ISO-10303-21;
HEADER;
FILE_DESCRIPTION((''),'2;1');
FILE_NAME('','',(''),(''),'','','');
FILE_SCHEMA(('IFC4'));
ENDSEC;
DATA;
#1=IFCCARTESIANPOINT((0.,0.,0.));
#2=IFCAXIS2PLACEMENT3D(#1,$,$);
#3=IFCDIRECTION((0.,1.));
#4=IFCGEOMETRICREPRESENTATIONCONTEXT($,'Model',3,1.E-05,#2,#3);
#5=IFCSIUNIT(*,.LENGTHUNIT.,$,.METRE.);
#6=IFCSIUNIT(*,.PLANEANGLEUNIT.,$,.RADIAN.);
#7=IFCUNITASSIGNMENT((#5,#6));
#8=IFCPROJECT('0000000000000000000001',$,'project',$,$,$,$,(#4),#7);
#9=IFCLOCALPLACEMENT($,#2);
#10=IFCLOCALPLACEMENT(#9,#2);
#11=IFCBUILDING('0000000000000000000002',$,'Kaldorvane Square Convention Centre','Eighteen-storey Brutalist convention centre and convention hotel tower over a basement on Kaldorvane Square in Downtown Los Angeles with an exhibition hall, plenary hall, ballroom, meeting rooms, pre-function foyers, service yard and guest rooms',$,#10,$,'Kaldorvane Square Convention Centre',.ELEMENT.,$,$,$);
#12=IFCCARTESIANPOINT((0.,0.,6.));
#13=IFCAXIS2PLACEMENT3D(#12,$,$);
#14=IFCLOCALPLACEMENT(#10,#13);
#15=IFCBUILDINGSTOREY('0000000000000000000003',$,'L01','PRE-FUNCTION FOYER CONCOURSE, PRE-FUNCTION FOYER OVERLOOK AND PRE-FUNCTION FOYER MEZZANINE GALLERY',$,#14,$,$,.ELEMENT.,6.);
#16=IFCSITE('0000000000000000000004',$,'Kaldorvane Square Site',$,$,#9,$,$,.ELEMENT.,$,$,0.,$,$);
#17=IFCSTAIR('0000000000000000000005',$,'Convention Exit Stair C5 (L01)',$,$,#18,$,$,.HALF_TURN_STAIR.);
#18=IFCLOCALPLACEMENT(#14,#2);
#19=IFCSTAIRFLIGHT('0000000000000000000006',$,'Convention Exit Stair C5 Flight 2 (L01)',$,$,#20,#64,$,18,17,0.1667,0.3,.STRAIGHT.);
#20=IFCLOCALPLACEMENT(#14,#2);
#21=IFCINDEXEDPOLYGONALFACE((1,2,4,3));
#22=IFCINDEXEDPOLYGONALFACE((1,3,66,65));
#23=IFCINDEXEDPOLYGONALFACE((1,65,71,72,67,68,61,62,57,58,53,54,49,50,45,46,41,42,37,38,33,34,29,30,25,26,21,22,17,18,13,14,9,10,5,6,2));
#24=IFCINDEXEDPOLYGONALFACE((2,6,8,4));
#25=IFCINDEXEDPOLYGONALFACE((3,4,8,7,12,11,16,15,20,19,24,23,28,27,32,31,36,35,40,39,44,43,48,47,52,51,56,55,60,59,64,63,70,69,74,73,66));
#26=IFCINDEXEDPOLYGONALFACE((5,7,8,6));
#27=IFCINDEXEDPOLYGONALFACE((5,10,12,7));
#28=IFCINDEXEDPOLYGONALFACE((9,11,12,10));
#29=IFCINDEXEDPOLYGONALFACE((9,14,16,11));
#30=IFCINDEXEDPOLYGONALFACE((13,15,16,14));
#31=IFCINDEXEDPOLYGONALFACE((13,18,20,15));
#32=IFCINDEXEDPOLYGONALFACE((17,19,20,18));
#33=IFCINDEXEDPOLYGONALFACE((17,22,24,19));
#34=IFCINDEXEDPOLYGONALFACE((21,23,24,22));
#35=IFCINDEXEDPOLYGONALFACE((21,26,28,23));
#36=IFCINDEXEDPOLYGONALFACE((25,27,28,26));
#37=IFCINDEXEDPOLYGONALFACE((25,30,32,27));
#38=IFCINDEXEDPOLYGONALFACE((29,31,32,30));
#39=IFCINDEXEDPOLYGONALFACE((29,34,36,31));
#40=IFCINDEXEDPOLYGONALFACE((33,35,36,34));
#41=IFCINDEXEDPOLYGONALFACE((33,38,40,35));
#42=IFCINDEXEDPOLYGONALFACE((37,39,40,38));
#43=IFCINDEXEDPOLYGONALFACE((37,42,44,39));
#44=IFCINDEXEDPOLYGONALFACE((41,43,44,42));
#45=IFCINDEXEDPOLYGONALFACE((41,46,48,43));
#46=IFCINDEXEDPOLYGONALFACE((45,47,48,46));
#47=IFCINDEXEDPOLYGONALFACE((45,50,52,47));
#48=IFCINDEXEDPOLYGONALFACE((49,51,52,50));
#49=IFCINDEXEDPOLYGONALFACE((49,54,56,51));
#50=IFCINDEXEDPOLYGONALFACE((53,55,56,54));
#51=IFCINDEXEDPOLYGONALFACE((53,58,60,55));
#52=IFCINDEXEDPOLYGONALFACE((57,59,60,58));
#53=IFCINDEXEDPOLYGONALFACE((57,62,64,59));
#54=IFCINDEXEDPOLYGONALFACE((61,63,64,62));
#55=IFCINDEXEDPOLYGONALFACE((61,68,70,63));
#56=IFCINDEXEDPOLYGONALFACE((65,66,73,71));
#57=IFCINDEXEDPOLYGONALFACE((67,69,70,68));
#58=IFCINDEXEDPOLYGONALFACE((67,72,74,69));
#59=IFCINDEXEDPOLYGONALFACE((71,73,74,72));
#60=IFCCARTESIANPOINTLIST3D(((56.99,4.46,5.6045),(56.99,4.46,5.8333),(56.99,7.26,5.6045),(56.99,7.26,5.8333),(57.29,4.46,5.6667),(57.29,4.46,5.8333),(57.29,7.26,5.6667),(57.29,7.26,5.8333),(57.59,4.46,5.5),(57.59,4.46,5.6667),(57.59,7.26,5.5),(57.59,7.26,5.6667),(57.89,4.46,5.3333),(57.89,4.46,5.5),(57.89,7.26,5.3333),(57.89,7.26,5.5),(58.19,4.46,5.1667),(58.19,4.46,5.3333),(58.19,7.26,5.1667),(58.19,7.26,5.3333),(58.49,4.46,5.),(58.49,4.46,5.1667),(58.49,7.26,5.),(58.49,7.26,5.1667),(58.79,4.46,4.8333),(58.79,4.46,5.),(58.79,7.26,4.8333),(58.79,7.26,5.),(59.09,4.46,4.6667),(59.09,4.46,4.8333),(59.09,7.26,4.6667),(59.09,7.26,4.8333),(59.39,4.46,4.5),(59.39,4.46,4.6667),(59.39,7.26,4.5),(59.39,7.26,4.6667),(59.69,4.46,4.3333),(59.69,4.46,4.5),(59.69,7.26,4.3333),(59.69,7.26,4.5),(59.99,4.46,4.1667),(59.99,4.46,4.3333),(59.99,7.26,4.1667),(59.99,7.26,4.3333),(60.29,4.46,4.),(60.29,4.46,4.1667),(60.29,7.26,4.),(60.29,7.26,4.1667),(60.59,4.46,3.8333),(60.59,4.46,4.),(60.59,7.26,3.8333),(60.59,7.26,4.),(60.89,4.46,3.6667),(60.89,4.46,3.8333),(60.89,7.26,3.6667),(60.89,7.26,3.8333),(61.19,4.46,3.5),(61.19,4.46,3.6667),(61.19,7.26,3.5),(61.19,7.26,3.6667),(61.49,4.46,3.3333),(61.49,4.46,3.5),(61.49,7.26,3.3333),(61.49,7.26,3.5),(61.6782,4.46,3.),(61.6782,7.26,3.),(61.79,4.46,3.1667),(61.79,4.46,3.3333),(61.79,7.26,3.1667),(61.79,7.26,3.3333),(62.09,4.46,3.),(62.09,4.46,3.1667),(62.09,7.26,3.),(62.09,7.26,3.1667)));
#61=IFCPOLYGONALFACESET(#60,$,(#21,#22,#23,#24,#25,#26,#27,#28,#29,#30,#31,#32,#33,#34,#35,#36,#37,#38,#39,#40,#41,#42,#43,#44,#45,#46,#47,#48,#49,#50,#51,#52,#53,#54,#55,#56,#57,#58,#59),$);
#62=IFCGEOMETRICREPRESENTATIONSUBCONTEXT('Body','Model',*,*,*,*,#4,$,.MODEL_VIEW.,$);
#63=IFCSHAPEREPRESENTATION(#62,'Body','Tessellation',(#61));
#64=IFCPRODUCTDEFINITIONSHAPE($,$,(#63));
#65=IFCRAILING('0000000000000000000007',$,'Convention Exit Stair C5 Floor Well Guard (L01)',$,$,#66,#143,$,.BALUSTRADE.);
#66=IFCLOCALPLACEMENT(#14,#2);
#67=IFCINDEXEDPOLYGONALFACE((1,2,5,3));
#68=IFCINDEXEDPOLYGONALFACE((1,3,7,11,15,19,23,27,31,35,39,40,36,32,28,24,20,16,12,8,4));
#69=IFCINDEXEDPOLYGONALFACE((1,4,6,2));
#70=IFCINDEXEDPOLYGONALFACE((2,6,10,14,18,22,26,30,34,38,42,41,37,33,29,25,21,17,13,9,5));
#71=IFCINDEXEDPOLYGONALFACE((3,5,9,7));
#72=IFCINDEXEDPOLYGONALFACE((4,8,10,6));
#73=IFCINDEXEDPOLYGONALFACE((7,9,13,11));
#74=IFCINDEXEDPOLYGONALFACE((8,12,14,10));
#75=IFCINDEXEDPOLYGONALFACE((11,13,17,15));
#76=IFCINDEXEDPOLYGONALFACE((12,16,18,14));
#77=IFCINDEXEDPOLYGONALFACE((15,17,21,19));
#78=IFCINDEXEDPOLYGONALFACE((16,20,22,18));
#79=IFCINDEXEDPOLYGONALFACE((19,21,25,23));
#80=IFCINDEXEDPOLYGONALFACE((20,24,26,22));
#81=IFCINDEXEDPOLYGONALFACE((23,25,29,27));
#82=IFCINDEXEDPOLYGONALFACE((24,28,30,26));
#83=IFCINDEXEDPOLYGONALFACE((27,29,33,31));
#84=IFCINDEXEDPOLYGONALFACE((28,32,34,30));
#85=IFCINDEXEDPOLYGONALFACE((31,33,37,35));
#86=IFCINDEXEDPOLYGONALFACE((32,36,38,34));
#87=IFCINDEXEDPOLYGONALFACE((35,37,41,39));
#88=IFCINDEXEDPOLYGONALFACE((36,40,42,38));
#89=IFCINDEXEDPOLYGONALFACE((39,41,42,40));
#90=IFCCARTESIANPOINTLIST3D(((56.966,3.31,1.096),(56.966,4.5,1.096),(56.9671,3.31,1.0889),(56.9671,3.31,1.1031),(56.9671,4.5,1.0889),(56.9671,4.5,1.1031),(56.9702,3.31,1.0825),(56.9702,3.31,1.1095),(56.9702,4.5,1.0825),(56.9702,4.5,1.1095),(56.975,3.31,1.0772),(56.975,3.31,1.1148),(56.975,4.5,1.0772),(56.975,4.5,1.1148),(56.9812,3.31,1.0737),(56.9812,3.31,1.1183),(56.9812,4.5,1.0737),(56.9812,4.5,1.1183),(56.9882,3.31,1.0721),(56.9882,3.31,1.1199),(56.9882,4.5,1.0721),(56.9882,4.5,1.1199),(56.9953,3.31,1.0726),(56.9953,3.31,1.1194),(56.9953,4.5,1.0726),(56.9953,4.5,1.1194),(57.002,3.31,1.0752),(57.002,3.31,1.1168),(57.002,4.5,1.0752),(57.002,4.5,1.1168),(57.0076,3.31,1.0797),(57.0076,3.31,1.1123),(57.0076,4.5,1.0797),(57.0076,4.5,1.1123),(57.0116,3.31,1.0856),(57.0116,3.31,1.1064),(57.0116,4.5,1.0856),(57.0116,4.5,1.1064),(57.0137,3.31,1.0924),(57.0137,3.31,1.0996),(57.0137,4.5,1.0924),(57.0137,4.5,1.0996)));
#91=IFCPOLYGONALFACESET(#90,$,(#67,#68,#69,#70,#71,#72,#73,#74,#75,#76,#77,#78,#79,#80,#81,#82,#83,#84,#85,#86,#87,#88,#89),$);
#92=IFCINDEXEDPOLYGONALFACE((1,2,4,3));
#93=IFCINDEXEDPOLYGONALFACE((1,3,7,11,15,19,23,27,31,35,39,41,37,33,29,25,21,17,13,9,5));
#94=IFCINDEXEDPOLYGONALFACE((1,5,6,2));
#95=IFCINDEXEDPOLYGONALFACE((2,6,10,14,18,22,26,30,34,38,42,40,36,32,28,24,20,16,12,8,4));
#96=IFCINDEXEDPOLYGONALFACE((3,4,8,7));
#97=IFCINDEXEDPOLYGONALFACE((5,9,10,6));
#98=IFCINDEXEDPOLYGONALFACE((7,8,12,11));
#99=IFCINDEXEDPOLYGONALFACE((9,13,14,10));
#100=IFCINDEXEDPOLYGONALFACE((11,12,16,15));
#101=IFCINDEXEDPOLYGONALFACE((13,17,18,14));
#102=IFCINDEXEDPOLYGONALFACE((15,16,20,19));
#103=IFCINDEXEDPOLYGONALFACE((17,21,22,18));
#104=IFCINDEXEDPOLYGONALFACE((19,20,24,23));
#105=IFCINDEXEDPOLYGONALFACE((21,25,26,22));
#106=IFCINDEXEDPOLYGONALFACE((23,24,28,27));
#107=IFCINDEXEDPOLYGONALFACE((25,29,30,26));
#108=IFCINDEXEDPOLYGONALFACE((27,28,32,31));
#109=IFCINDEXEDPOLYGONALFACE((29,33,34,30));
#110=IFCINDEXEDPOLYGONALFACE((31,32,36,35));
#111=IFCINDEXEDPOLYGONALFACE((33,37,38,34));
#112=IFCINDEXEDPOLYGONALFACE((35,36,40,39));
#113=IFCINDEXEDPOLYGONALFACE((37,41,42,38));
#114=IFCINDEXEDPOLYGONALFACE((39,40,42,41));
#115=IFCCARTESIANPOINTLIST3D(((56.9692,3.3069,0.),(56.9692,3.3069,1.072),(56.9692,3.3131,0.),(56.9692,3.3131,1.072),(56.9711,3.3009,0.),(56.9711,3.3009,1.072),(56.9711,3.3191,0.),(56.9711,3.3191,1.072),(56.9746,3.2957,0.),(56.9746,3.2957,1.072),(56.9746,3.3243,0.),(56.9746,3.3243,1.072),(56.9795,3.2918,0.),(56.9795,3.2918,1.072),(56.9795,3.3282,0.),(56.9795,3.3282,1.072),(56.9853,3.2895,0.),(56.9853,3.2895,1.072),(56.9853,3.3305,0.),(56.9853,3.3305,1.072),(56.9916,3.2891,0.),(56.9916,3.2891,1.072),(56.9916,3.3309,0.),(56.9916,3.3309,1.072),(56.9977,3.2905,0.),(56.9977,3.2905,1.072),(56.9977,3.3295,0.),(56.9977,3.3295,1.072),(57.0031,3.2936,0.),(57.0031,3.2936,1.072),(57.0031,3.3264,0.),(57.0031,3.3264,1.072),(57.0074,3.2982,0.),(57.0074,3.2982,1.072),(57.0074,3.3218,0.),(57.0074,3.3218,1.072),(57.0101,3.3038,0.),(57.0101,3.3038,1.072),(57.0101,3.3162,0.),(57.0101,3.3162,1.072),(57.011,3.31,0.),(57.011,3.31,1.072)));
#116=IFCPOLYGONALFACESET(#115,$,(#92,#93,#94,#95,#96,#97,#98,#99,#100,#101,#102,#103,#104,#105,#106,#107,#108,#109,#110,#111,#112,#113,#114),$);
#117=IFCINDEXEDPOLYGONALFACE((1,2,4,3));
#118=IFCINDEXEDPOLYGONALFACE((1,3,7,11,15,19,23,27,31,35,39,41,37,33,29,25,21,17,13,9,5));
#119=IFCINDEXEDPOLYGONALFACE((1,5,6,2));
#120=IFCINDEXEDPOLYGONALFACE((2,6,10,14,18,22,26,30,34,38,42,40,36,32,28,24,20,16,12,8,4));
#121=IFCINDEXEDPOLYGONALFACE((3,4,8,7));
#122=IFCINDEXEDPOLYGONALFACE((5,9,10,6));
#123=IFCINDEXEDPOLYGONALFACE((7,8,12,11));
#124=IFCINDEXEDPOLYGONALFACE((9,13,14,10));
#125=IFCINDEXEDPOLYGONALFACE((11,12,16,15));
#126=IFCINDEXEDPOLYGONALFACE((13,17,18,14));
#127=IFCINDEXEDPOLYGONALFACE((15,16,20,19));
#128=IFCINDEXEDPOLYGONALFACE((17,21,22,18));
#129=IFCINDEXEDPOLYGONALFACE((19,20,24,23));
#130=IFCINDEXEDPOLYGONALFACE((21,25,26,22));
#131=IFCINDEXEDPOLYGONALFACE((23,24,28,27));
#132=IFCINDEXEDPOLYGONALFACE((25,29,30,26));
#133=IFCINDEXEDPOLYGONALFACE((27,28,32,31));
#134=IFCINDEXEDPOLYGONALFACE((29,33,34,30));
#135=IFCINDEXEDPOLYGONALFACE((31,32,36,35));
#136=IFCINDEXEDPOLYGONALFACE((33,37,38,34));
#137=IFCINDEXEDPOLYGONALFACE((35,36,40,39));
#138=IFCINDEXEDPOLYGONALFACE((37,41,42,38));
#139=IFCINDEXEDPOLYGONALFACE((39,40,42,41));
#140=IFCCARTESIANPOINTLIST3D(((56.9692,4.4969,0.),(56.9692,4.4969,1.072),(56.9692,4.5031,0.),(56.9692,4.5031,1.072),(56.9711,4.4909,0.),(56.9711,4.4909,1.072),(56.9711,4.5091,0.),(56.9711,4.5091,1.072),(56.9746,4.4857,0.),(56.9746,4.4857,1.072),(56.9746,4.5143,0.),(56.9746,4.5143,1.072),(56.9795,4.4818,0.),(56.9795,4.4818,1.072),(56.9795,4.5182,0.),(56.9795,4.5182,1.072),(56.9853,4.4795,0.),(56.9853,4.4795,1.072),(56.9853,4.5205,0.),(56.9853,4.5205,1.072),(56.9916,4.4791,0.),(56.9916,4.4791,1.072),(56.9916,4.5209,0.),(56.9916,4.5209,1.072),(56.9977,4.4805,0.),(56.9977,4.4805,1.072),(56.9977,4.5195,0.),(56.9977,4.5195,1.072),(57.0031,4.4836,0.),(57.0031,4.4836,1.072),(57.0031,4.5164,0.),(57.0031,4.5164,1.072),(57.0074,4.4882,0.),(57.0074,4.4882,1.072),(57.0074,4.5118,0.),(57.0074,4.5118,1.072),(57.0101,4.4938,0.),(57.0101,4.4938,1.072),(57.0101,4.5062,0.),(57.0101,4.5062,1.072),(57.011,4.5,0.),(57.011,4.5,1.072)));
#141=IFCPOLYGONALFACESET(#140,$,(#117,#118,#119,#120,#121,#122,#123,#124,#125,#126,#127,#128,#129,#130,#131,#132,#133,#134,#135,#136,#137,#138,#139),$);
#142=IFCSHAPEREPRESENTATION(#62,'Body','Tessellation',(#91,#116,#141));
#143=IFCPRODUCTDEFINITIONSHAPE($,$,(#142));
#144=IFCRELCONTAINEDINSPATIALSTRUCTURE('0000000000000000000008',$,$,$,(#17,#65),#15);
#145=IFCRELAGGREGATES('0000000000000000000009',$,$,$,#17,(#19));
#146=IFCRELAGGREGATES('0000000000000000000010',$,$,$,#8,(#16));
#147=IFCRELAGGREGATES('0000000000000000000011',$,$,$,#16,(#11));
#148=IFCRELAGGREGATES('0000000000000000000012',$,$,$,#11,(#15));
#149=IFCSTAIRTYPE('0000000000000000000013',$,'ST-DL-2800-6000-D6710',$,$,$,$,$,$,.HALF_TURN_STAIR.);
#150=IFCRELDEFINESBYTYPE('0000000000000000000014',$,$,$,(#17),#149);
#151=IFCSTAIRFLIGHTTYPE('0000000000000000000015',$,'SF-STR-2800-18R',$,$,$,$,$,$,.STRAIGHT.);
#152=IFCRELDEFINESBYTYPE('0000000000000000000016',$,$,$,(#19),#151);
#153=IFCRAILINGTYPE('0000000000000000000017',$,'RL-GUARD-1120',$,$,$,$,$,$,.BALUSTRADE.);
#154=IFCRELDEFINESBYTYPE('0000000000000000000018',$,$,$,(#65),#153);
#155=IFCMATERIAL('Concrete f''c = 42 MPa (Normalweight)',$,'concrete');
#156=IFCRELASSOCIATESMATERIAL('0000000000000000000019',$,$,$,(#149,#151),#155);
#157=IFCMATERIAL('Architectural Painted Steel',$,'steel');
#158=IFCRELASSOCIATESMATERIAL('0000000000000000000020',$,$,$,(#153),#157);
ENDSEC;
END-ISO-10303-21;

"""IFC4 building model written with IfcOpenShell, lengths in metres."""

from ifc_helpers import new_model, si_unit, direction, frame, origin, origin_2d, place, context, subcontext, project, spatial, polyline, circle, outline, extrude, material, type_object, element, aggregate, save


model = new_model("IFC4")

# Units and contexts
model_context = context("Model", 3, precision=1e-05, world=origin(), true_north=direction((0.0, 1.0)))
body_context = subcontext(model_context, "Body", "Model", "MODEL_VIEW")
ifc_project = project(units=[si_unit("LENGTHUNIT", "METRE"), si_unit("PLANEANGLEUNIT", "RADIAN")], contexts=[model_context])

# Site, building, storey
site_placement = place(None, origin())
site = spatial("IfcSite", under=ifc_project, at=site_placement, Name="Kaldorvane Square Site", CompositionType="ELEMENT", RefElevation=0.0)
building_placement = place(site_placement, origin())
building = spatial("IfcBuilding", under=site, at=building_placement, Name="Kaldorvane Square Convention Centre", Description="Eighteen-storey Brutalist convention centre and convention hotel tower over a basement on Kaldorvane Square in Downtown Los Angeles with an exhibition hall, plenary hall, ballroom, meeting rooms, pre-function foyers, service yard and guest rooms", LongName="Kaldorvane Square Convention Centre", CompositionType="ELEMENT")
storey_placement = place(building_placement, frame((0.0, 0.0, 6.0)))
storey = spatial("IfcBuildingStorey", under=building, at=storey_placement, Name="L01", Description="PRE-FUNCTION FOYER CONCOURSE, PRE-FUNCTION FOYER OVERLOOK AND PRE-FUNCTION FOYER MEZZANINE GALLERY", CompositionType="ELEMENT", Elevation=6.0)

# Shared definitions
ifc_material_1 = material(Name="Concrete f'c = 42 MPa (Normalweight)", Category="concrete")

# Shared definitions
stair_type = type_object("IfcStairType", Name="ST-DL-2800-6000-D6710", PredefinedType="HALF_TURN_STAIR", material=ifc_material_1)
stair_flight_type = type_object("IfcStairFlightType", Name="SF-STR-2800-18R", PredefinedType="STRAIGHT", material=ifc_material_1)

# Stair, stair flight
stair_1_placement = place(storey_placement, origin())
stair_1 = element("IfcStair", 1, at=stair_1_placement, inside=storey, type_object=stair_type, Name="Convention Exit Stair C5 (L01)", PredefinedType="HALF_TURN_STAIR")
stair_flight_1_placement = place(storey_placement, frame((62.09, 5.86, 3.0), z_axis=(0.0, 0.0, 1.0), x_axis=(-1.0, 0.0, 0.0)))
stair_flight_1 = element("IfcStairFlight", 2, at=stair_flight_1_placement, type_object=stair_flight_type, Name="Convention Exit Stair C5 Flight 2 (L01)", NumberOfRisers=18, NumberOfTreads=17, PredefinedType="STRAIGHT", RiserHeight=0.1667, TreadLength=0.3, context=body_context, shape_type="SweptSolid", body=[
    extrude(outline(polyline([(0.0, 0.0), (0.0, 0.1667), (0.3, 0.1667), (0.3, 0.3333), (0.6, 0.3333), (0.6, 0.5), (0.9, 0.5), (0.9, 0.6667), (1.2, 0.6667), (1.2, 0.8333), (1.5, 0.8333), (1.5, 1.0), (1.8, 1.0), (1.8, 1.1667), (2.1, 1.1667), (2.1, 1.3333), (2.4, 1.3333), (2.4, 1.5), (2.7, 1.5), (2.7, 1.6667), (3.0, 1.6667), (3.0, 1.8333), (3.3, 1.8333), (3.3, 2.0), (3.6, 2.0), (3.6, 2.1667), (3.9, 2.1667), (3.9, 2.3333), (4.2, 2.3333), (4.2, 2.5), (4.5, 2.5), (4.5, 2.6667), (4.8, 2.6667), (4.8, 2.8333), (5.1, 2.8333), (5.1, 3.0), (5.1, 2.6045), (0.4118, 0.0), (0.0, 0.0)])), frame((0.0, 1.4, 0.0), z_axis=(0.0, -1.0, 0.0), x_axis=(1.0, 0.0, 0.0)), (0.0, 0.0, 1.0), 2.8),
])
aggregate(stair_1, [stair_flight_1])

# Railing
ifc_material_2 = material(Name="Architectural Painted Steel", Category="steel")
railing_type_1 = type_object("IfcRailingType", Name="RL-GUARD-1120", PredefinedType="BALUSTRADE", material=ifc_material_2)
for number, where, name in (
    (3, (56.99, 3.31, 0.0), "Convention Exit Stair C5 Floor Well Guard (L01)"),
):
    element("IfcRailing", number, at=place(storey_placement, frame(where)), inside=storey, type_object=railing_type_1, Name=name, PredefinedType="BALUSTRADE", context=body_context, shape_type="SweptSolid", body=[
        extrude(circle(Radius=0.024, at=origin_2d()), frame((0.0, 0.0, 1.096), z_axis=(0.0, 1.0, 0.0), x_axis=(-1.0, 0.0, 0.0)), (0.0, 0.0, 1.0), 1.19),
        extrude(circle(Radius=0.021, at=origin_2d()), origin(), (0.0, 0.0, 1.0), 1.072),
        extrude(circle(Radius=0.021, at=origin_2d()), frame((0.0, 1.19, 0.0)), (0.0, 0.0, 1.0), 1.072),
    ])

save(model, "model.ifc")
